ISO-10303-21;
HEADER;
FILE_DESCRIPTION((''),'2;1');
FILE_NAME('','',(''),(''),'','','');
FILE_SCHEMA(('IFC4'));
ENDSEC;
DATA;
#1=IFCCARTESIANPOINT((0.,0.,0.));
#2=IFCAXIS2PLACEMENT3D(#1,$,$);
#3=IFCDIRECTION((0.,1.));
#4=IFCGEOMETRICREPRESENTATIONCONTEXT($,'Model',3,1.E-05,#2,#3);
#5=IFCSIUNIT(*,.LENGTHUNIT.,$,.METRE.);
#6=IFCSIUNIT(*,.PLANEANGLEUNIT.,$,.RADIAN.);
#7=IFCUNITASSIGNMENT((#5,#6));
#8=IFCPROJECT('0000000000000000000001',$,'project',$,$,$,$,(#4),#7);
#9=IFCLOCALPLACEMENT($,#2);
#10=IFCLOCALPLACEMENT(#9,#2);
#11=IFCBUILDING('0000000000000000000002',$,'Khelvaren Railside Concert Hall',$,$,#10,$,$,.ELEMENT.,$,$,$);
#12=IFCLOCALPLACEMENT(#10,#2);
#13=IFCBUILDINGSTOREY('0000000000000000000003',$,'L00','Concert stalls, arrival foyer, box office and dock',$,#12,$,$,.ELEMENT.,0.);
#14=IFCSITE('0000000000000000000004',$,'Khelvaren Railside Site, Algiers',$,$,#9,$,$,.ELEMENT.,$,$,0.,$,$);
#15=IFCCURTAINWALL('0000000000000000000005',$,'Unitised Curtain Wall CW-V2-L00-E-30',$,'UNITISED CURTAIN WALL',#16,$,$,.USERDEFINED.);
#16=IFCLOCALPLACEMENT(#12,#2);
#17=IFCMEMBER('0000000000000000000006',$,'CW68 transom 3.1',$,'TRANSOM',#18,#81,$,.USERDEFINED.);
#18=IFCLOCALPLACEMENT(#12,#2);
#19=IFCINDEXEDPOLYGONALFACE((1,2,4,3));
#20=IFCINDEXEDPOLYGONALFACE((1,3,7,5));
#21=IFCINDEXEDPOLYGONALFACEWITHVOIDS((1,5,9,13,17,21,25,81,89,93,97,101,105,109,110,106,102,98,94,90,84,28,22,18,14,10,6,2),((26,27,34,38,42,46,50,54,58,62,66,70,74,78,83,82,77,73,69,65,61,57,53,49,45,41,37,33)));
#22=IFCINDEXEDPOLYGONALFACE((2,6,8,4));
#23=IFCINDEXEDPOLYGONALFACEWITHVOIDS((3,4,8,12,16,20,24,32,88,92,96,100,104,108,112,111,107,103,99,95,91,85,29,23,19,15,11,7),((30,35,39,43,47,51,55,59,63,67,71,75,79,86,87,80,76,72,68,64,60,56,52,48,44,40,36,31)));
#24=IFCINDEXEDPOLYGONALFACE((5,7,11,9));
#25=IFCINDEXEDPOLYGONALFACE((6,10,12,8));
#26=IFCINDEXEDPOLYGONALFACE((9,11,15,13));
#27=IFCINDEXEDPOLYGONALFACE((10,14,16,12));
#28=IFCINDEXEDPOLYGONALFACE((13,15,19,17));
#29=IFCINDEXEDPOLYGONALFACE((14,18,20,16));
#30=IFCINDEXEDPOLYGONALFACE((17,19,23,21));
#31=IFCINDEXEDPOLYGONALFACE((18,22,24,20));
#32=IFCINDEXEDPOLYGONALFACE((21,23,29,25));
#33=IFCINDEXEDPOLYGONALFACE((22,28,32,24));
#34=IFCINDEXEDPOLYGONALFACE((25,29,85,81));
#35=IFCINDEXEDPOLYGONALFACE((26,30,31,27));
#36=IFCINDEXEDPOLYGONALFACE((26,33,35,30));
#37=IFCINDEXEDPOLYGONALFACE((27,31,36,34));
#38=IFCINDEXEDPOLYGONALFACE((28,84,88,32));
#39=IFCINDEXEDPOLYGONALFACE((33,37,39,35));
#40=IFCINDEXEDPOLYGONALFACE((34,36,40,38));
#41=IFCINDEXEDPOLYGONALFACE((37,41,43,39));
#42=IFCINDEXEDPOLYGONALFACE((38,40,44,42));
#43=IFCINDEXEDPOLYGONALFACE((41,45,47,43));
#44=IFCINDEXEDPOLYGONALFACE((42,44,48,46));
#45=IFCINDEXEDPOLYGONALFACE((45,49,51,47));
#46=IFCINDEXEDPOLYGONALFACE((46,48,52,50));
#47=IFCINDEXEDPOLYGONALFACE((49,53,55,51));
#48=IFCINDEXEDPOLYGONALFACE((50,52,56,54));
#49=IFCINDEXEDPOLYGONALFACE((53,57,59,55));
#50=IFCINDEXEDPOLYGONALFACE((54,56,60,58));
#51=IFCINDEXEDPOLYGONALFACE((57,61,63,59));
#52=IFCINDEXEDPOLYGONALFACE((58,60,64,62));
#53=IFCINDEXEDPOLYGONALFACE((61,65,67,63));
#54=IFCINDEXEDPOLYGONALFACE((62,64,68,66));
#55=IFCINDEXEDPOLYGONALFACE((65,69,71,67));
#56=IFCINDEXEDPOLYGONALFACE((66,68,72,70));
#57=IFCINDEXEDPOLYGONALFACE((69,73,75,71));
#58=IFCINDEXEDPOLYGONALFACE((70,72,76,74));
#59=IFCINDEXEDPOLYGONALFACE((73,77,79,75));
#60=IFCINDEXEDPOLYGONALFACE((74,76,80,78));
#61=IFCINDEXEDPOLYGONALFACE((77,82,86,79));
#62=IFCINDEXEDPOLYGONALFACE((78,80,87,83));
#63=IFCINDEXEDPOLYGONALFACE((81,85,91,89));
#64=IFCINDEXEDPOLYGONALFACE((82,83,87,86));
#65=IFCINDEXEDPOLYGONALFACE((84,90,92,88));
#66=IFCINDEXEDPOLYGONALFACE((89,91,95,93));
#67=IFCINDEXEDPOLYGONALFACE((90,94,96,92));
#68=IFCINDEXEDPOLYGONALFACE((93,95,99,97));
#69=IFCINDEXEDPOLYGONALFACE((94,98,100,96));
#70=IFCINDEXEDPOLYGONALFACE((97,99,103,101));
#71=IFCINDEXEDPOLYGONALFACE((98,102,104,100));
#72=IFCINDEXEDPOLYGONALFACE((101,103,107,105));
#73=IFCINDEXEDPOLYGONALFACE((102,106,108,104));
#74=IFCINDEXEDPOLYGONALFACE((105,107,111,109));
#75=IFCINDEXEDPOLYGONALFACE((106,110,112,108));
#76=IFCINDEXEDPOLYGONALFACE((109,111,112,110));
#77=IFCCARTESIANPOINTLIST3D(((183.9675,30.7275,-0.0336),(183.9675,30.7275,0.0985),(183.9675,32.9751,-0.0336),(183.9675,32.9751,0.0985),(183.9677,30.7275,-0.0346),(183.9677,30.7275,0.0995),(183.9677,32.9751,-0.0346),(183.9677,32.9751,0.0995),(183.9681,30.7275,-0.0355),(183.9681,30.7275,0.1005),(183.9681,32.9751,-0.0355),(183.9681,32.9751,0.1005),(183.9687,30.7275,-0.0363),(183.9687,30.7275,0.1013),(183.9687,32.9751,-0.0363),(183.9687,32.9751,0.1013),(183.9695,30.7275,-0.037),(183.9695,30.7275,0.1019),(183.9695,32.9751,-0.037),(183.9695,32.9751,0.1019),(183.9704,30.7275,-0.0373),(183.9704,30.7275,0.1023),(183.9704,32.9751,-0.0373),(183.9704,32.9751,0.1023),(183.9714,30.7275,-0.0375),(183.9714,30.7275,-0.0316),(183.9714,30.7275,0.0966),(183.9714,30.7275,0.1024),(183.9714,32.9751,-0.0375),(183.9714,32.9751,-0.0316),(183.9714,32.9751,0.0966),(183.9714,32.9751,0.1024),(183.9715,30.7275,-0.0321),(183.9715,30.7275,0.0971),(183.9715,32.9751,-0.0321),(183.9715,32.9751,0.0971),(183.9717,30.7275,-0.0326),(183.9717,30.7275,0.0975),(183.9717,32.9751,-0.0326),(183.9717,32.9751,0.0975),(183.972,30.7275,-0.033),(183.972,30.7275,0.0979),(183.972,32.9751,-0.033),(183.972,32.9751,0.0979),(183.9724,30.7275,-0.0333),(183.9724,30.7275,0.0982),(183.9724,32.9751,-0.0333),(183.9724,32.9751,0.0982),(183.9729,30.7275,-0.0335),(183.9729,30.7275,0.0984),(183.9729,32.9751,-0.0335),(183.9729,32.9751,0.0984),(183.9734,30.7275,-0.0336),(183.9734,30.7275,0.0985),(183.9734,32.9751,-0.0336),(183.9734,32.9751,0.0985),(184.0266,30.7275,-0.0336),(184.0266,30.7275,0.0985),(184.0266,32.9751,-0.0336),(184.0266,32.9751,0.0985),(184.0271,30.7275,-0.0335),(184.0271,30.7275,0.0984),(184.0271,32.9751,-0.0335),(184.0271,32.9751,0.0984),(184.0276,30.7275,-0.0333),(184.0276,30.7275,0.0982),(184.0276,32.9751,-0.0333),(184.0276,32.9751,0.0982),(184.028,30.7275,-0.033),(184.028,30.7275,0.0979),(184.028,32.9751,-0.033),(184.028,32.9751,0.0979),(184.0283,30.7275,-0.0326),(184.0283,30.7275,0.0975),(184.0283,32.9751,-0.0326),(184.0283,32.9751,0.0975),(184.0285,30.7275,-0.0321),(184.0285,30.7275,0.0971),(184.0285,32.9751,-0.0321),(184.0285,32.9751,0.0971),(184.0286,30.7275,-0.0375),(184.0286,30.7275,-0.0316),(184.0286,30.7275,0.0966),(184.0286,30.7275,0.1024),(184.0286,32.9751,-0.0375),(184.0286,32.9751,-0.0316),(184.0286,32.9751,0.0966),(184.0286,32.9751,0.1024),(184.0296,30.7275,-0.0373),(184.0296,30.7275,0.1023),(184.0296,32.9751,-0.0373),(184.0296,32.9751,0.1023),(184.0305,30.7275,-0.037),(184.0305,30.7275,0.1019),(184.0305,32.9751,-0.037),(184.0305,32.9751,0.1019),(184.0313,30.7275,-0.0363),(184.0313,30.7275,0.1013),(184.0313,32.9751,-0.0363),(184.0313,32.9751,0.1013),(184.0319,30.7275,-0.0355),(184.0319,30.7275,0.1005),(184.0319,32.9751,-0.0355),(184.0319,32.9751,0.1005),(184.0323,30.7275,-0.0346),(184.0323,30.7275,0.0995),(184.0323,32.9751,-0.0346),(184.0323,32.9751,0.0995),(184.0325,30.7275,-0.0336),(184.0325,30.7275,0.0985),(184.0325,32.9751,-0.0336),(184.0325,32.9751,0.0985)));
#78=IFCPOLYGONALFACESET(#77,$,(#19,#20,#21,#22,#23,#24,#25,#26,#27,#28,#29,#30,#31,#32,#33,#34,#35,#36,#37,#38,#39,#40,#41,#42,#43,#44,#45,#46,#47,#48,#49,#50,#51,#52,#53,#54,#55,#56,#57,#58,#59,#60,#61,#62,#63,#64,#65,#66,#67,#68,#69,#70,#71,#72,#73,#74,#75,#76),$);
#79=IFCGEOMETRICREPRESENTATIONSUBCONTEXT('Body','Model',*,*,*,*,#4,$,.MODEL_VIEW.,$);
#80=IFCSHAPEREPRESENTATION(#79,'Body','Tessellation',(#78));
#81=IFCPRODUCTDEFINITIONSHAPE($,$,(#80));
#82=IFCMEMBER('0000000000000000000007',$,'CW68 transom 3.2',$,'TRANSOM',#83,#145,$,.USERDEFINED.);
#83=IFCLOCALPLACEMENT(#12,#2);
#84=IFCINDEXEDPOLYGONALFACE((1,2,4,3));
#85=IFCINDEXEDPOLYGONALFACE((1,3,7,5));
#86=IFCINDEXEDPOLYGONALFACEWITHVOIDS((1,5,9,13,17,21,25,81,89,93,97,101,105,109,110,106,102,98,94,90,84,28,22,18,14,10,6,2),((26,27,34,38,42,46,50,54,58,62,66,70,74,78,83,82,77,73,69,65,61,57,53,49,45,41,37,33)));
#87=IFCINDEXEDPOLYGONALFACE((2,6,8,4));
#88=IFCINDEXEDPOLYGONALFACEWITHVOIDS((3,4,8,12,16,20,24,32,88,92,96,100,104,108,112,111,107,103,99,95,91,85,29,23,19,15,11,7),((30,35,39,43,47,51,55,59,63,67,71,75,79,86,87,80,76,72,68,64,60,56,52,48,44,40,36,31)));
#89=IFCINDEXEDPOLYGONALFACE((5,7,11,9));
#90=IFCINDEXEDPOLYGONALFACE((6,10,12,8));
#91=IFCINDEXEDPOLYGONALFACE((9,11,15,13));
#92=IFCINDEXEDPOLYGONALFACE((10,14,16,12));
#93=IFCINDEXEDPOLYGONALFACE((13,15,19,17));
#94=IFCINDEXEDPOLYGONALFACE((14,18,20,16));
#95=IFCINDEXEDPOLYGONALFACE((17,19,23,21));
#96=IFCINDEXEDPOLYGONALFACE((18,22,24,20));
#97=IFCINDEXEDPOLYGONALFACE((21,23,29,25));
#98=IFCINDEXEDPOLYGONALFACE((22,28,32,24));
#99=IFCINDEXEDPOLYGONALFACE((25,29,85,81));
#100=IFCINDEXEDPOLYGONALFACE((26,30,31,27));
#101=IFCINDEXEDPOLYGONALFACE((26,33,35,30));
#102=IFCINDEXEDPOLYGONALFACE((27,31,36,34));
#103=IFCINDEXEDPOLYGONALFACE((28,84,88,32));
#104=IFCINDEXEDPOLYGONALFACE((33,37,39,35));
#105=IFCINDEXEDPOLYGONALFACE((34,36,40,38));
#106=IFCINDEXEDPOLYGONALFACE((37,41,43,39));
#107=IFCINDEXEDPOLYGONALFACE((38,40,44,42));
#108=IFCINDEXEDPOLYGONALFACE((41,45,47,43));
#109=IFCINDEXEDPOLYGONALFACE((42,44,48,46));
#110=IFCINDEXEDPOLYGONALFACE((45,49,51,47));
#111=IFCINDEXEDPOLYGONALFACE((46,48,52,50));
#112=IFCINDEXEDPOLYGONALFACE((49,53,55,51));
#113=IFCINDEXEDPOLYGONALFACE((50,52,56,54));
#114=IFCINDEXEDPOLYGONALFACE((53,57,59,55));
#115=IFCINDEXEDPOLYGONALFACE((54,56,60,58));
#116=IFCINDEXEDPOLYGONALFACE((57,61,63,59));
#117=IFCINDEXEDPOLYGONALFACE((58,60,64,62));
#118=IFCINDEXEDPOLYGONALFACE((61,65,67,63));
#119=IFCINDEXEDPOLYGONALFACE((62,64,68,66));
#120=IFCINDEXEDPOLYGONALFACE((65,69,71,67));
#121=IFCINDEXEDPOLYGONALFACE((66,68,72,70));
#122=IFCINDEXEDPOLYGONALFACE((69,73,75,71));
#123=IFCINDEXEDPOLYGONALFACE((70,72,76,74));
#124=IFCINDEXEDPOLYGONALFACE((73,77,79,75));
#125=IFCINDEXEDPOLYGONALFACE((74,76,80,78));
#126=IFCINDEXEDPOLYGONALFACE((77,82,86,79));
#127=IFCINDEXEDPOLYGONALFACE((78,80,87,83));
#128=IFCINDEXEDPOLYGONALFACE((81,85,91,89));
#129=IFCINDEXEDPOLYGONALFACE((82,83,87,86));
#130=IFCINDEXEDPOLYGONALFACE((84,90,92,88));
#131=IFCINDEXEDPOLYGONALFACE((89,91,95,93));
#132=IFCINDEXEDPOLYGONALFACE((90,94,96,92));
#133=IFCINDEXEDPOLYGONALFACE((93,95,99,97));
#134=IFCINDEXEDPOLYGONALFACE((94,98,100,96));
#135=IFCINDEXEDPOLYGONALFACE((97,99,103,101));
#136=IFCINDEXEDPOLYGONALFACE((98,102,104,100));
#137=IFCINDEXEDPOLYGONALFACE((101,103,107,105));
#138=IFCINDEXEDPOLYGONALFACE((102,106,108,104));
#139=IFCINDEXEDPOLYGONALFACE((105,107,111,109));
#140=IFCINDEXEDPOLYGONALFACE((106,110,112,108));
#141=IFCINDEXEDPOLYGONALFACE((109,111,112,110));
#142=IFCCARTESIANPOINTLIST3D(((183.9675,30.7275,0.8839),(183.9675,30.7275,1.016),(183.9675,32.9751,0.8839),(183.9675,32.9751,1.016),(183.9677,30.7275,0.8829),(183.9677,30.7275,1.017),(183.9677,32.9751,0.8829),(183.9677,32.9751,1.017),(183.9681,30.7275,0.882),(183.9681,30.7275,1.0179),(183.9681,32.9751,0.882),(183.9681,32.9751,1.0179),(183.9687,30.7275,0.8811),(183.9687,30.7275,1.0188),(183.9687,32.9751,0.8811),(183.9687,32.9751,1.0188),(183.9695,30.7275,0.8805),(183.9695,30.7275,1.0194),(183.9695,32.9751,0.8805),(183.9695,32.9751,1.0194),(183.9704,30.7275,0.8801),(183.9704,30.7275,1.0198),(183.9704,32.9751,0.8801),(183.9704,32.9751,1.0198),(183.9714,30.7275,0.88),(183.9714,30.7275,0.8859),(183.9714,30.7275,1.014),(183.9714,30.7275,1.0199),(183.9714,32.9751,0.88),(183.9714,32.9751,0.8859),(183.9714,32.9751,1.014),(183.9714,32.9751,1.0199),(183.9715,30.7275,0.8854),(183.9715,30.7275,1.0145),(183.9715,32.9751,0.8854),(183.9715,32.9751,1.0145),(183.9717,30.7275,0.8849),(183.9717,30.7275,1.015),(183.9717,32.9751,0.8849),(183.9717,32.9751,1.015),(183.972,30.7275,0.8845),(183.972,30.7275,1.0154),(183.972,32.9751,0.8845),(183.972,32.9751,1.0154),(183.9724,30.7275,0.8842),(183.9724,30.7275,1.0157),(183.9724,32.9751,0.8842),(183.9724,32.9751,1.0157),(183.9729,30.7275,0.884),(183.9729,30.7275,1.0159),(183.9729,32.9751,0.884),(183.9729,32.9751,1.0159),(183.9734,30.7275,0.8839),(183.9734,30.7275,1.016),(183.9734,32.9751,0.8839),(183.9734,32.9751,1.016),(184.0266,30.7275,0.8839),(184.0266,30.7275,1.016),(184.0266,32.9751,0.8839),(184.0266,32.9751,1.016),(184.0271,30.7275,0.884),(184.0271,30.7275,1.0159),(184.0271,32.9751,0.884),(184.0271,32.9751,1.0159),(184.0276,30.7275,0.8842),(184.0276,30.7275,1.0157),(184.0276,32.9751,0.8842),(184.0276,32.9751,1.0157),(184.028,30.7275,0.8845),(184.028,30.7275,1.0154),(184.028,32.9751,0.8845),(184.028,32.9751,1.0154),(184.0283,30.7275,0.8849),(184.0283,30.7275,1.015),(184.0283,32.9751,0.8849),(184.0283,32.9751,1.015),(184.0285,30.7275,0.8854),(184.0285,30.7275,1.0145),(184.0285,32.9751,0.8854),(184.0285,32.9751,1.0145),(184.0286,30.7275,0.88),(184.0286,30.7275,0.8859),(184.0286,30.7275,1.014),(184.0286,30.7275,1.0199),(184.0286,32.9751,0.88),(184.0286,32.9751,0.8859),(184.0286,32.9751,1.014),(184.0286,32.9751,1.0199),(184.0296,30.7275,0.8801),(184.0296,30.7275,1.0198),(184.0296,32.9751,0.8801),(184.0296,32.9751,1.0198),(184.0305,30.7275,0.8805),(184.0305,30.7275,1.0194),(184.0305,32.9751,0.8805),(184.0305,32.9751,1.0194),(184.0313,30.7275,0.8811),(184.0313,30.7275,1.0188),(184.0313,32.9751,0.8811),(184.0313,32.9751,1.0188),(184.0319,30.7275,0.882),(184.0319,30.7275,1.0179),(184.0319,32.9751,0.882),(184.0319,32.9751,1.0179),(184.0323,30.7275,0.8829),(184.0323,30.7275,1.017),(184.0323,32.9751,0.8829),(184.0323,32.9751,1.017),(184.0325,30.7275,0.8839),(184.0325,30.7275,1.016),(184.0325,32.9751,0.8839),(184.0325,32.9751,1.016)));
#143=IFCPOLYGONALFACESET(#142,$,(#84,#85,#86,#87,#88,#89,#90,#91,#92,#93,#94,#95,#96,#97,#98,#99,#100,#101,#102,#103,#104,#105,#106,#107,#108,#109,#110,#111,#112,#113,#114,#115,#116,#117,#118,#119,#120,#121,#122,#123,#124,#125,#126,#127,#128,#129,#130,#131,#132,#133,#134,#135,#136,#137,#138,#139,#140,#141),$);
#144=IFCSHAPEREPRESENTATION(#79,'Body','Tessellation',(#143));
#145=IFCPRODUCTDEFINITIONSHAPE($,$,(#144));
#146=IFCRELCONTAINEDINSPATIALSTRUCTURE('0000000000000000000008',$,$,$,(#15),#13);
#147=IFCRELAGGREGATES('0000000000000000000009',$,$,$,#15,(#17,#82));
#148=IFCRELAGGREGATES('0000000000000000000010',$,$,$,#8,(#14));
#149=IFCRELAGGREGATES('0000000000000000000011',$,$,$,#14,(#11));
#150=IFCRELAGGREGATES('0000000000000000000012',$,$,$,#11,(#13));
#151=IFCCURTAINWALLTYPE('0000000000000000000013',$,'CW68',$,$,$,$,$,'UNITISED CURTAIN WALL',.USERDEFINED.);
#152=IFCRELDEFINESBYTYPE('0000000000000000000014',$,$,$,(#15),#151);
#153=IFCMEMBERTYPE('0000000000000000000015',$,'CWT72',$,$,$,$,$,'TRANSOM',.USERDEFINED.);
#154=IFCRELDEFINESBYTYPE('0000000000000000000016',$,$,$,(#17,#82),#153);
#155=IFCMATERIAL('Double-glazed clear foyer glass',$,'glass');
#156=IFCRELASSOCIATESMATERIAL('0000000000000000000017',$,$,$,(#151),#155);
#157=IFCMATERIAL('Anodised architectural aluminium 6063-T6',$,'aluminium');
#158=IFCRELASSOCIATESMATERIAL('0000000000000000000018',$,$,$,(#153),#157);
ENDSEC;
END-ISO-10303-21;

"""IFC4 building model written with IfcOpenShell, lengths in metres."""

from ifc_helpers import new_model, si_unit, direction, frame, origin, origin_2d, place, context, subcontext, project, spatial, hollow_rectangle, extrude, material, material_profile, profile_set, type_object, element, aggregate, save


model = new_model("IFC4")

# Units and contexts
model_context = context("Model", 3, precision=1e-05, world=origin(), true_north=direction((0.0, 1.0)))
body_context = subcontext(model_context, "Body", "Model", "MODEL_VIEW")
ifc_project = project(units=[si_unit("LENGTHUNIT", "METRE"), si_unit("PLANEANGLEUNIT", "RADIAN")], contexts=[model_context])

# Site, building, storey
site_placement = place(None, origin())
site = spatial("IfcSite", under=ifc_project, at=site_placement, Name="Khelvaren Railside Site, Algiers", CompositionType="ELEMENT", RefElevation=0.0)
building_placement = place(site_placement, origin())
building = spatial("IfcBuilding", under=site, at=building_placement, Name="Khelvaren Railside Concert Hall", CompositionType="ELEMENT")
storey_placement = place(building_placement, origin())
storey = spatial("IfcBuildingStorey", under=building, at=storey_placement, Name="L00", Description="Concert stalls, arrival foyer, box office and dock", CompositionType="ELEMENT", Elevation=0.0)

# Curtain wall
ifc_material_1 = material(Name="Double-glazed clear foyer glass", Category="glass")
curtain_wall_type_1 = type_object("IfcCurtainWallType", Name="CW68", ElementType="UNITISED CURTAIN WALL", PredefinedType="USERDEFINED", material=ifc_material_1)
curtain_wall_1_placement = place(storey_placement, origin())
curtain_wall_1 = element("IfcCurtainWall", 1, at=curtain_wall_1_placement, inside=storey, type_object=curtain_wall_type_1, Name="Unitised Curtain Wall CW-V2-L00-E-30", ObjectType="UNITISED CURTAIN WALL", PredefinedType="USERDEFINED")
ifc_material_2 = material(Name="Anodised architectural aluminium 6063-T6", Category="aluminium")
ifc_material_profile_1 = material_profile(ifc_material_2, hollow_rectangle(XDim=0.0649, YDim=0.1399, WallThickness=0.0039, InnerFilletRadius=0.002, OuterFilletRadius=0.0039, at=origin_2d()), Name="CWT 65x140x4")
ifc_profile_set_1 = profile_set([ifc_material_profile_1], Name="Anodised architectural aluminium 6063-T6")
member_type_1 = type_object("IfcMemberType", Name="CWT72", ElementType="TRANSOM", PredefinedType="USERDEFINED", material=ifc_profile_set_1)

# Members
member_1_placement = place(storey_placement, frame((184.0, 32.9751, 0.0325), z_axis=(0.0, -1.0, 0.0), x_axis=(1.0, 0.0, 0.0)))
member_1 = element("IfcMember", 2, at=member_1_placement, type_object=member_type_1, Name="CW68 transom 3.1", ObjectType="TRANSOM", PredefinedType="USERDEFINED", context=body_context, shape_type="SweptSolid", body=[
    extrude(hollow_rectangle(XDim=0.0649, YDim=0.1399, WallThickness=0.0039, InnerFilletRadius=0.002, OuterFilletRadius=0.0039, at=origin_2d()), origin(), (0.0, 0.0, 1.0), 2.2476),
])
member_2_placement = place(storey_placement, frame((184.0, 32.9751, 0.95), z_axis=(0.0, -1.0, 0.0), x_axis=(1.0, 0.0, 0.0)))
member_2 = element("IfcMember", 3, at=member_2_placement, type_object=member_type_1, Name="CW68 transom 3.2", ObjectType="TRANSOM", PredefinedType="USERDEFINED", context=body_context, shape_type="SweptSolid", body=[
    extrude(hollow_rectangle(XDim=0.0649, YDim=0.1399, WallThickness=0.0039, InnerFilletRadius=0.002, OuterFilletRadius=0.0039, at=origin_2d()), origin(), (0.0, 0.0, 1.0), 2.2476),
])

aggregate(curtain_wall_1, [member_1, member_2])

save(model, "model.ifc")
